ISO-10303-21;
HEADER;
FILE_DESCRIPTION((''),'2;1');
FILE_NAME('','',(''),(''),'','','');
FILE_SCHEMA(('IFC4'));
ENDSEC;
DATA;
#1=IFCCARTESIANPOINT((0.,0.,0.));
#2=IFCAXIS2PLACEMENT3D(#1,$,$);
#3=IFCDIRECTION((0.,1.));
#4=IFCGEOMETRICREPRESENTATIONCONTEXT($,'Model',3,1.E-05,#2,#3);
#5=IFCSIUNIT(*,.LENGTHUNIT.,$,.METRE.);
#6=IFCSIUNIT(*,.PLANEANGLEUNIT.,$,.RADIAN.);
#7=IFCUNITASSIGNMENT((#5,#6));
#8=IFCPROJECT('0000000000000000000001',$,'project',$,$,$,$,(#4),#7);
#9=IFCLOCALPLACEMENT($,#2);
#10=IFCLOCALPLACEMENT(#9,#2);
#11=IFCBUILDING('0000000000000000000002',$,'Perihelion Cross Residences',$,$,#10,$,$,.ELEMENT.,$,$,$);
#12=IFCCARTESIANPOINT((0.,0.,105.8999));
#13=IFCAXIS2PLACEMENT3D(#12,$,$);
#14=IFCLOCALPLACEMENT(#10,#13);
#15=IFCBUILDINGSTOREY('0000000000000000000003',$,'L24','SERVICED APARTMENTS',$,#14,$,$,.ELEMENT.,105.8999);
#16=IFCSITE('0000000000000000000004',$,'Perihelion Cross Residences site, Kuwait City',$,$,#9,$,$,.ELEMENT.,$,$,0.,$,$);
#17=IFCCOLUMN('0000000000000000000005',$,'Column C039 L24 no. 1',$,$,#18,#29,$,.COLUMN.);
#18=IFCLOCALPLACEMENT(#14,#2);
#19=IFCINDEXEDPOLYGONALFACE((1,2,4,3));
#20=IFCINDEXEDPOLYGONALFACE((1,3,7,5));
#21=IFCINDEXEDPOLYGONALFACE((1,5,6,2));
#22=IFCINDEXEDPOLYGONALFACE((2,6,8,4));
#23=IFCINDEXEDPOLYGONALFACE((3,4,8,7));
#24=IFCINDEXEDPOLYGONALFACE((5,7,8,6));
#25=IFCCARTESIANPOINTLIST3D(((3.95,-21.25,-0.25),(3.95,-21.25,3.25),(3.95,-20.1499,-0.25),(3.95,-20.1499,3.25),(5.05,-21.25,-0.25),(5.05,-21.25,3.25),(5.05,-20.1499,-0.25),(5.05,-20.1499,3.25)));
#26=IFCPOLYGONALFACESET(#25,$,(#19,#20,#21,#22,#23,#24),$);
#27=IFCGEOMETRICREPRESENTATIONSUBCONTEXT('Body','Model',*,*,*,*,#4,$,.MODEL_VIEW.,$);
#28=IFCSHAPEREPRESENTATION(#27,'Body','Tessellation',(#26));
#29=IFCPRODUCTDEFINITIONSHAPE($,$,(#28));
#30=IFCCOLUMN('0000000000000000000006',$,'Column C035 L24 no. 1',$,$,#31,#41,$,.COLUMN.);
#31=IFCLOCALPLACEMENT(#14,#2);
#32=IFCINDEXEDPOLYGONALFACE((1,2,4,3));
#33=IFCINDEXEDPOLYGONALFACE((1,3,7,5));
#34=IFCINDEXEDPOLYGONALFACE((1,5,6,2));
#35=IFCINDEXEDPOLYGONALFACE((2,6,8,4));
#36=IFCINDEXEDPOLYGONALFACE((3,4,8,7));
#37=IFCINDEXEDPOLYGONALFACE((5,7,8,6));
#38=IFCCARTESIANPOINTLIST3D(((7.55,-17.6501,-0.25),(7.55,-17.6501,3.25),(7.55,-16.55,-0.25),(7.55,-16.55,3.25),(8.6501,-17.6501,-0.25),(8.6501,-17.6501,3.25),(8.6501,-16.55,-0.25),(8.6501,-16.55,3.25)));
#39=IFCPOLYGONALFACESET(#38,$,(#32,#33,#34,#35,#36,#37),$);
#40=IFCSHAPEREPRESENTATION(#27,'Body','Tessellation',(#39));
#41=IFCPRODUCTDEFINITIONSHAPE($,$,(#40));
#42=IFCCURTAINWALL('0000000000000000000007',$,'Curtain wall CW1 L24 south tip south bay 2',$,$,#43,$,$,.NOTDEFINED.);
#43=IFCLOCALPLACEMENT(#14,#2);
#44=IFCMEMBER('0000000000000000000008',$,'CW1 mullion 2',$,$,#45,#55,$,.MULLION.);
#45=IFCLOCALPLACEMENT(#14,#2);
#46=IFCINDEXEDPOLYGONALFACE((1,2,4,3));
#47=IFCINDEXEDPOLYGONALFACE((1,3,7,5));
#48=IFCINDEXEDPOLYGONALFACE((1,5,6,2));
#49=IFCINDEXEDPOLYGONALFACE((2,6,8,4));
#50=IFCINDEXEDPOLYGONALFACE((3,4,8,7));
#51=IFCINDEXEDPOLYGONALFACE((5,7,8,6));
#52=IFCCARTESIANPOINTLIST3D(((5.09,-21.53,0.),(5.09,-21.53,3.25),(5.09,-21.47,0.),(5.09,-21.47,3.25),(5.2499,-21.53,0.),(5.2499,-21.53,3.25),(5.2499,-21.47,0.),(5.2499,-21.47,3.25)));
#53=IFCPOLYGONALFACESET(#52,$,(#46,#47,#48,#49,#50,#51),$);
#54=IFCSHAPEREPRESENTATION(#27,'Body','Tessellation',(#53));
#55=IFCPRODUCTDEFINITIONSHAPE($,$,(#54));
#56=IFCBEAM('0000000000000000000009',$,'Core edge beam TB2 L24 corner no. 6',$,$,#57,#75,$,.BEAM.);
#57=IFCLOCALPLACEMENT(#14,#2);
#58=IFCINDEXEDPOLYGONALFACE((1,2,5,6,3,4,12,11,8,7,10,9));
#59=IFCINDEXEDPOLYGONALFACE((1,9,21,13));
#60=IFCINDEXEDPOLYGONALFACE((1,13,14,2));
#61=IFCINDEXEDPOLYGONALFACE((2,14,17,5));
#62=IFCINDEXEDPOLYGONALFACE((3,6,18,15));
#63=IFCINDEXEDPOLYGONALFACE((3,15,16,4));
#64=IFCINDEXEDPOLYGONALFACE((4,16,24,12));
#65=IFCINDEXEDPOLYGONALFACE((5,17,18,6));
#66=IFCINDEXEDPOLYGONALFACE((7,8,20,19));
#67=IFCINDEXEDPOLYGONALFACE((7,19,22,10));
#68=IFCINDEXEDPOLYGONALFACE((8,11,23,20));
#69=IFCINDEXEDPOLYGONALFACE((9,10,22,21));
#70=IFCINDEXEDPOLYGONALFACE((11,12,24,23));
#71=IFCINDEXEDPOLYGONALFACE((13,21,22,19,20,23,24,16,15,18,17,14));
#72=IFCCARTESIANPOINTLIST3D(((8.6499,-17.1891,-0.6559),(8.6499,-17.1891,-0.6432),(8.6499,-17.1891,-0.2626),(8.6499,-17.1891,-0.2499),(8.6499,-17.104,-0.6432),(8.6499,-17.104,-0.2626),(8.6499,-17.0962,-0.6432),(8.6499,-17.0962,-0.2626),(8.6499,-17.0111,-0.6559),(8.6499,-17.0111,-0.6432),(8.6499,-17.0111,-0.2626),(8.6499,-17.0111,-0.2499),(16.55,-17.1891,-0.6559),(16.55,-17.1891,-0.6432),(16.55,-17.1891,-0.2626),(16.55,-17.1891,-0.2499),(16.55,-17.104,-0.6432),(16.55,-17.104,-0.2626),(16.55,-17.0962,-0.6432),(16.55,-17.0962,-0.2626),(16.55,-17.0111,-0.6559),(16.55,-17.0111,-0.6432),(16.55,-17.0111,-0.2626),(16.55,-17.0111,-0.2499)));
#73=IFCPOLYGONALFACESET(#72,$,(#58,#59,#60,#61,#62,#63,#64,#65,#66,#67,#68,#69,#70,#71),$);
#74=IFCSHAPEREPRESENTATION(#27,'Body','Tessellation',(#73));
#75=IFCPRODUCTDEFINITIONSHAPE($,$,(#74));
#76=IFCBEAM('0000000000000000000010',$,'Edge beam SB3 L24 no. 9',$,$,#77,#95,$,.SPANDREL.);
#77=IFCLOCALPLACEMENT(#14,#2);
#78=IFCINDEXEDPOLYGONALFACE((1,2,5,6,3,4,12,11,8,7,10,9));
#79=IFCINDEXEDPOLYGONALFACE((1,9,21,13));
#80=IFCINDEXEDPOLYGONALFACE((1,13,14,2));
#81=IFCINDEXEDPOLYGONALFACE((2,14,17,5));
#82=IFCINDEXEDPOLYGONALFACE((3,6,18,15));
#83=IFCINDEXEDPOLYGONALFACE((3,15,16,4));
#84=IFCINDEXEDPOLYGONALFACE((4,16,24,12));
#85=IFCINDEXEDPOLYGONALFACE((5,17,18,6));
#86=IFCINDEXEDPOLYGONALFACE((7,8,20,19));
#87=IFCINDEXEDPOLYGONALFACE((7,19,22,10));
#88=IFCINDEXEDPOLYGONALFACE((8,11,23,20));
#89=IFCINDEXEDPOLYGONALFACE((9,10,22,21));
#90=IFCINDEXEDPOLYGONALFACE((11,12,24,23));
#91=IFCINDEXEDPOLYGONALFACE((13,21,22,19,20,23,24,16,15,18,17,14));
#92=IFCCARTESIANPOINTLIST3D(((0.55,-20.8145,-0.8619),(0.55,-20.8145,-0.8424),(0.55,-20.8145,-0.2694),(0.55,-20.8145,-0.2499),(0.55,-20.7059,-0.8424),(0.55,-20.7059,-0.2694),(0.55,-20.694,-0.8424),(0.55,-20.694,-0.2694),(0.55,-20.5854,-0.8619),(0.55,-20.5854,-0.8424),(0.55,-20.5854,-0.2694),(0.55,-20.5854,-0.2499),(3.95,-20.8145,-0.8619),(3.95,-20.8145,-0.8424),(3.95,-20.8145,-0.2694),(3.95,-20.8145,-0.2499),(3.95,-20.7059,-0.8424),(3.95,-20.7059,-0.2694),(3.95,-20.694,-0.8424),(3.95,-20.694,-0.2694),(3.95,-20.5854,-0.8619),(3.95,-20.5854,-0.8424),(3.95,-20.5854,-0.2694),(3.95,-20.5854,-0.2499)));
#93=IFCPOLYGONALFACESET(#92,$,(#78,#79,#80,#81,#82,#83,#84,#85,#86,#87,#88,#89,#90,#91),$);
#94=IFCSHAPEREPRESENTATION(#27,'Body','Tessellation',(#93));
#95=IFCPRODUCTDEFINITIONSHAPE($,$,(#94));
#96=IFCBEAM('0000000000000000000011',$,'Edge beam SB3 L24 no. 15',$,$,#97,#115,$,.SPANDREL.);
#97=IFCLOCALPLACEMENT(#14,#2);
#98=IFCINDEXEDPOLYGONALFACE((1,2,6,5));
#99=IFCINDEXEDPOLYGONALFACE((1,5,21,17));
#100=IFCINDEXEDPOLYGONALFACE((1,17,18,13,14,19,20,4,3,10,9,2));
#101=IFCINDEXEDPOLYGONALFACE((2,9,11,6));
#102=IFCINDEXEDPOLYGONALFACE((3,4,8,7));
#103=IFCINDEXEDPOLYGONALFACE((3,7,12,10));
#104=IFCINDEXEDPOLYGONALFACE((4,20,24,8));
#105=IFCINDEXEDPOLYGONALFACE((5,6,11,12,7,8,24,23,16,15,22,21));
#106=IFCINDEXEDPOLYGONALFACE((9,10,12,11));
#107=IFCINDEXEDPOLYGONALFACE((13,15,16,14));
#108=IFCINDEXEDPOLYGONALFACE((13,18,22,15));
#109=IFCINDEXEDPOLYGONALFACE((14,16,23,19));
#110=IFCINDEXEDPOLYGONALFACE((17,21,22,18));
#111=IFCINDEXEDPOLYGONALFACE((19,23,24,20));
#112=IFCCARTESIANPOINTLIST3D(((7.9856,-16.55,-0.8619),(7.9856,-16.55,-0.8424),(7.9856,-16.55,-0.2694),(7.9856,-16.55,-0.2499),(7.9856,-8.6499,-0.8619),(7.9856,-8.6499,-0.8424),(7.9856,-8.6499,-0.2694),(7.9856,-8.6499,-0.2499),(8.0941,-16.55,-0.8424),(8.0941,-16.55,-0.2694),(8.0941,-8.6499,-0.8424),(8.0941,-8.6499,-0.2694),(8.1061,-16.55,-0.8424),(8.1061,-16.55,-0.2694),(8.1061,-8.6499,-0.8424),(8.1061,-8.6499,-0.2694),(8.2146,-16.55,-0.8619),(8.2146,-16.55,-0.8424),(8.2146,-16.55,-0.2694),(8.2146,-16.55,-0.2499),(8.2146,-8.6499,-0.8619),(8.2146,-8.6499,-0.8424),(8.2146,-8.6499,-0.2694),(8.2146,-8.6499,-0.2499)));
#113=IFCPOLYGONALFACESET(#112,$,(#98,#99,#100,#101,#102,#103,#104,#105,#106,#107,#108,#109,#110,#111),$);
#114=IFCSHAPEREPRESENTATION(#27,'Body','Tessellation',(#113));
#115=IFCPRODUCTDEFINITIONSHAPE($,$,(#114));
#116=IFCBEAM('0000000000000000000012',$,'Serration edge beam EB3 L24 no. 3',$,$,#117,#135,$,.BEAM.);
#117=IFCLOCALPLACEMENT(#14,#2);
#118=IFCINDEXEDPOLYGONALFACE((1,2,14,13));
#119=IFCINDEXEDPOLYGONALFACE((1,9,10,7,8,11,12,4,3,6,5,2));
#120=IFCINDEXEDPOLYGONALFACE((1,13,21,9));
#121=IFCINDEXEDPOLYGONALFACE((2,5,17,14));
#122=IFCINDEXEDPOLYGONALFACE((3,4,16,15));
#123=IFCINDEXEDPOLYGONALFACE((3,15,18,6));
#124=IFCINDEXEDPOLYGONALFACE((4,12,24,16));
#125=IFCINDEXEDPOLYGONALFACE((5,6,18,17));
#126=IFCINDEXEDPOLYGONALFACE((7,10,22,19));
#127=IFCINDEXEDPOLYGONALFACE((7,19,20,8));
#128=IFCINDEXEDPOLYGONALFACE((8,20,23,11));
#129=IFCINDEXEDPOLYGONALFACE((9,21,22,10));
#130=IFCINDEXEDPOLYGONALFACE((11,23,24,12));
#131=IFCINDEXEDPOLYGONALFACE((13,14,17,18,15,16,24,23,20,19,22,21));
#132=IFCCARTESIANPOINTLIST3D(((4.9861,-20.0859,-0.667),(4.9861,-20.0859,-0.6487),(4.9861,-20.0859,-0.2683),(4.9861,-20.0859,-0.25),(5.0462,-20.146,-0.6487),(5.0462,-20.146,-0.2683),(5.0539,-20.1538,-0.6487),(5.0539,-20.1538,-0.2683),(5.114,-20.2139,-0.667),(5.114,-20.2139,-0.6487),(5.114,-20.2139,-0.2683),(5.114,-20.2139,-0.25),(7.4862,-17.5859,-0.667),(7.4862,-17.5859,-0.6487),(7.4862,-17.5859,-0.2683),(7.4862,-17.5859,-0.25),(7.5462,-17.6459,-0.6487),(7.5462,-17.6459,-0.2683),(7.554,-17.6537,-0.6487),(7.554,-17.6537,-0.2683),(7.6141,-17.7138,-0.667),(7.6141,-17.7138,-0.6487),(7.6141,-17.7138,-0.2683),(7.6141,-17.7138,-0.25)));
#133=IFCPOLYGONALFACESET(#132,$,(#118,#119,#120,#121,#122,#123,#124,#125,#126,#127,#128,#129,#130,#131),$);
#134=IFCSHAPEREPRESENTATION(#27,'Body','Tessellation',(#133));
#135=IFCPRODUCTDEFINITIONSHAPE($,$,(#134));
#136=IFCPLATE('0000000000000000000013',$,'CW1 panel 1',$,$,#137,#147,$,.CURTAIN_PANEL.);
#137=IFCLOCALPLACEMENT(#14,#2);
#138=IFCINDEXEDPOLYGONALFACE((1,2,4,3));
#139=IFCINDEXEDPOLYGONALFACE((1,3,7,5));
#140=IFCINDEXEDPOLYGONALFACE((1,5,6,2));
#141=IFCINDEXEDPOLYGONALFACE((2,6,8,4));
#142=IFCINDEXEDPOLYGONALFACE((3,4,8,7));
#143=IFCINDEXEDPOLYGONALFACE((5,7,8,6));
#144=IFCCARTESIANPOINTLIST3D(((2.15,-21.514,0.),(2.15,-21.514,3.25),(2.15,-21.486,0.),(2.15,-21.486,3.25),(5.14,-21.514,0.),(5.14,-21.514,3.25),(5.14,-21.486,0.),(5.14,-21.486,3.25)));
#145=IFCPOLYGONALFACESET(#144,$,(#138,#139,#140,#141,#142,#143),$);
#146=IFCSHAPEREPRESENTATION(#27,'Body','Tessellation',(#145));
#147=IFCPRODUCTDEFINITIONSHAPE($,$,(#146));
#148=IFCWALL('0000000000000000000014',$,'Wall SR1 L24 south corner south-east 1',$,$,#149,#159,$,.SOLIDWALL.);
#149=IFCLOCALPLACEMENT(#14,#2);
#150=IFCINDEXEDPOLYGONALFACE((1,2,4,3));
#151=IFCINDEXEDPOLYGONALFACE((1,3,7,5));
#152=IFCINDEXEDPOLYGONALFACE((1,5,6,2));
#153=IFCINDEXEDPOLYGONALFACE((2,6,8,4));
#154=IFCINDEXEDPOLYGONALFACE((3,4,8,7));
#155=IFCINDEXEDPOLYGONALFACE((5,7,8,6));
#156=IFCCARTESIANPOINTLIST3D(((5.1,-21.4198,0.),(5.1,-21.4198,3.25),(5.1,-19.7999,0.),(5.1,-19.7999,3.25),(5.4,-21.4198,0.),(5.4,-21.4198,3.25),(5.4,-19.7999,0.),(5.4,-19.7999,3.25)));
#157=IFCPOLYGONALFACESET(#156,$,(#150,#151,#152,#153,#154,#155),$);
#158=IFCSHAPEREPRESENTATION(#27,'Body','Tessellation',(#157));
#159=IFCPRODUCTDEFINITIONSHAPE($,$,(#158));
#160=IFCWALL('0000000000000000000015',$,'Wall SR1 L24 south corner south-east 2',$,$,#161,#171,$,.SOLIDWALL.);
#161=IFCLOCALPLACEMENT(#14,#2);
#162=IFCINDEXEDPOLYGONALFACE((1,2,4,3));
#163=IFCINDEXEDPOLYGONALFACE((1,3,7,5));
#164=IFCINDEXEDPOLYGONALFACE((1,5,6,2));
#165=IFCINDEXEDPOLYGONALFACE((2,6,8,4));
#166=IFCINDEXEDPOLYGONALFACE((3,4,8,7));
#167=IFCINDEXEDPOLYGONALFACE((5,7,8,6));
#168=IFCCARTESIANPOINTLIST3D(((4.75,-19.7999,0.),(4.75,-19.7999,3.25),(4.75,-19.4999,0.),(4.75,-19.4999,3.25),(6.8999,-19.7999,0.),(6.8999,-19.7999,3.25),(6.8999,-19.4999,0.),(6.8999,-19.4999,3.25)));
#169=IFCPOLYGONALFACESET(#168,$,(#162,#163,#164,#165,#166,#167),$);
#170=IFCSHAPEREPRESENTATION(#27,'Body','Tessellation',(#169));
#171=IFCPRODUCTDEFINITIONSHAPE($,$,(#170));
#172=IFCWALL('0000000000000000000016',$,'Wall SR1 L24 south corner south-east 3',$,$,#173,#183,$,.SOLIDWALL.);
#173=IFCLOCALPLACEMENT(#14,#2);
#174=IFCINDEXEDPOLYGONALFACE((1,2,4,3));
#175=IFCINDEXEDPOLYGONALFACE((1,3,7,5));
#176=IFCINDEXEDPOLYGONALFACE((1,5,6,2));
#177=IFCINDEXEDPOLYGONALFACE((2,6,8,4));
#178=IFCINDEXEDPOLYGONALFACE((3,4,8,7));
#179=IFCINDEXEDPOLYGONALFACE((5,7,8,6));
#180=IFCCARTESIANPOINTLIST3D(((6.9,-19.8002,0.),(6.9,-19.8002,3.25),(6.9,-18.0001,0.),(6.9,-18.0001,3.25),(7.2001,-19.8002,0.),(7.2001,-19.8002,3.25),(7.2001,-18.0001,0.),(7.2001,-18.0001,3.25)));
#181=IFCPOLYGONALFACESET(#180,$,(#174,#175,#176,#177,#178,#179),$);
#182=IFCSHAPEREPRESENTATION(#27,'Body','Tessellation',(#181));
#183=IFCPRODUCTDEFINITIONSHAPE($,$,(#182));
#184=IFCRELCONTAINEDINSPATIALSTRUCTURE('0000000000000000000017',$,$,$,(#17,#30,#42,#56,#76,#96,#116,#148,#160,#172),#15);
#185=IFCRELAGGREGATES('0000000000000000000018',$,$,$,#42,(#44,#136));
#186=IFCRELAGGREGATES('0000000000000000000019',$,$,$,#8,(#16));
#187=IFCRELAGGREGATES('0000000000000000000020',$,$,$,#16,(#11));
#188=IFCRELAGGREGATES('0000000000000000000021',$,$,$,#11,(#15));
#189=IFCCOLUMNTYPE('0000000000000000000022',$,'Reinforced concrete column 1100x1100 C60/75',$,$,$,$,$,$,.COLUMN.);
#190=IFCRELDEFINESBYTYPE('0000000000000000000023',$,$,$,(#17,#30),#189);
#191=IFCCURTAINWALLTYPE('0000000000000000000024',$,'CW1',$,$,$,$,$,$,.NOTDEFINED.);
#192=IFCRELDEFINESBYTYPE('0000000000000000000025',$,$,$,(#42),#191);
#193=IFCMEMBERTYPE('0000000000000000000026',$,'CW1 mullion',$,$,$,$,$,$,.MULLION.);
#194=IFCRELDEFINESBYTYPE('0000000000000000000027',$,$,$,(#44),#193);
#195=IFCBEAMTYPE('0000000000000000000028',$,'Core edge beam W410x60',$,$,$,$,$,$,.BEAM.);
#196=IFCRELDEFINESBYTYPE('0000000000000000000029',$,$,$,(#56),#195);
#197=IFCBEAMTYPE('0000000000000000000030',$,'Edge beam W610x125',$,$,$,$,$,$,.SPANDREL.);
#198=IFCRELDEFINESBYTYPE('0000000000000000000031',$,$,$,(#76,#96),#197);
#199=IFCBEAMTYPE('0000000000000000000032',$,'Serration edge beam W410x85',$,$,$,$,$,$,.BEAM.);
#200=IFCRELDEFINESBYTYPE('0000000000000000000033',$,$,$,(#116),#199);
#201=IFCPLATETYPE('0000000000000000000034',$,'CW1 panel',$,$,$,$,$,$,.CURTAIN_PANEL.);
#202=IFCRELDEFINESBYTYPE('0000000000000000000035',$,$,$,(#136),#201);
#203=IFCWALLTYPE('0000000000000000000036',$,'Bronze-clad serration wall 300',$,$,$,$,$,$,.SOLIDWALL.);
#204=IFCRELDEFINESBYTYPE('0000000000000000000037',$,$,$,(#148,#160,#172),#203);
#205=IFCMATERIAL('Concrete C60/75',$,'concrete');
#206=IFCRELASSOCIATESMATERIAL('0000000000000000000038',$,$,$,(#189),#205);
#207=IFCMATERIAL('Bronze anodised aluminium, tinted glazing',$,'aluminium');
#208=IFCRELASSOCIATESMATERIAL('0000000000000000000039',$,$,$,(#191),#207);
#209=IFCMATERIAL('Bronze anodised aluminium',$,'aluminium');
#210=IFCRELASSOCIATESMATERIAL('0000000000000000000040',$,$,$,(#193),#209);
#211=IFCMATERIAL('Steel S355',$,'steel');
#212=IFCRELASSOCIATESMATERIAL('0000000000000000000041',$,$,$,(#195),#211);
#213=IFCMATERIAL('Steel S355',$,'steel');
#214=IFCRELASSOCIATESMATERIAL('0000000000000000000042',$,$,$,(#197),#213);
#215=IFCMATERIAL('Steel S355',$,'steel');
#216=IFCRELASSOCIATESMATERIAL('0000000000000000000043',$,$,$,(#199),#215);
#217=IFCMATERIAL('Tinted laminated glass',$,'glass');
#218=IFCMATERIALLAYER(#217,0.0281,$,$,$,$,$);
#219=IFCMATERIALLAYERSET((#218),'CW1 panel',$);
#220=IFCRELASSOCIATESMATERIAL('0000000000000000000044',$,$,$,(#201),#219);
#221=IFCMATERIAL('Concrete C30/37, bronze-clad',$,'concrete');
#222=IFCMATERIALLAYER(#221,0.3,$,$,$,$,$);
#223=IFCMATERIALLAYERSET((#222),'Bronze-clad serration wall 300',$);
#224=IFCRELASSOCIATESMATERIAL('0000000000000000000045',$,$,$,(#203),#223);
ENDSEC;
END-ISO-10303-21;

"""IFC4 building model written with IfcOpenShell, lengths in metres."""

from ifc_helpers import new_model, si_unit, direction, frame, frame_2d, origin, origin_2d, place, context, subcontext, project, spatial, rectangle, i_section, extrude, material, layer, layer_set, material_profile, profile_set, type_object, element, aggregate, save


model = new_model("IFC4")

# Units and contexts
model_context = context("Model", 3, precision=1e-05, world=origin(), true_north=direction((0.0, 1.0)))
body_context = subcontext(model_context, "Body", "Model", "MODEL_VIEW")
ifc_project = project(units=[si_unit("LENGTHUNIT", "METRE"), si_unit("PLANEANGLEUNIT", "RADIAN")], contexts=[model_context])

# Site, building, storey
site_placement = place(None, origin())
site = spatial("IfcSite", under=ifc_project, at=site_placement, Name="Perihelion Cross Residences site, Kuwait City", CompositionType="ELEMENT", RefElevation=0.0)
building_placement = place(site_placement, origin())
building = spatial("IfcBuilding", under=site, at=building_placement, Name="Perihelion Cross Residences", CompositionType="ELEMENT")
storey_placement = place(building_placement, frame((0.0, 0.0, 105.8999)))
storey = spatial("IfcBuildingStorey", under=building, at=storey_placement, Name="L24", Description="SERVICED APARTMENTS", CompositionType="ELEMENT", Elevation=105.8999)

# Columns
ifc_material_1 = material(Name="Concrete C60/75", Category="concrete")
ifc_material_profile_1 = material_profile(ifc_material_1, rectangle(XDim=1.1001, YDim=1.1001, at=origin_2d()), Name="RC 1100x1100")
ifc_profile_set_1 = profile_set([ifc_material_profile_1], Name="Concrete C60/75")
column_type = type_object("IfcColumnType", Name="Reinforced concrete column 1100x1100 C60/75", PredefinedType="COLUMN", material=ifc_profile_set_1)
for number, where, z_axis, x_axis, name in (
    (1, (4.5, -20.7, -0.25), (0.0, 0.0, 1.0), (1.0, 0.0, 0.0), "Column C039 L24 no. 1"),
    (2, (8.1001, -17.1001, -0.25), (0.0, 0.0, 1.0), (1.0, 0.0, 0.0), "Column C035 L24 no. 1"),
):
    element("IfcColumn", number, at=place(storey_placement, frame(where, z_axis=z_axis, x_axis=x_axis)), inside=storey, type_object=column_type, Name=name, PredefinedType="COLUMN", context=body_context, shape_type="SweptSolid", body=[
        extrude(rectangle(XDim=1.1001, YDim=1.1001, at=origin_2d()), origin(), (0.0, 0.0, 1.0), 3.5),
    ])

# Curtain wall, member
ifc_material_2 = material(Name="Bronze anodised aluminium, tinted glazing", Category="aluminium")
curtain_wall_type = type_object("IfcCurtainWallType", Name="CW1", PredefinedType="NOTDEFINED", material=ifc_material_2)
curtain_wall_placement = place(storey_placement, origin())
curtain_wall = element("IfcCurtainWall", 3, at=curtain_wall_placement, inside=storey, type_object=curtain_wall_type, Name="Curtain wall CW1 L24 south tip south bay 2", PredefinedType="NOTDEFINED")
ifc_material_3 = material(Name="Bronze anodised aluminium", Category="aluminium")
ifc_material_profile_2 = material_profile(ifc_material_3, rectangle(XDim=0.0601, YDim=0.1599, at=origin_2d()), Name="CW1 mullion")
ifc_profile_set_2 = profile_set([ifc_material_profile_2], Name="Bronze anodised aluminium")
member_type = type_object("IfcMemberType", Name="CW1 mullion", PredefinedType="MULLION", material=ifc_profile_set_2)
member_placement = place(storey_placement, frame((5.1699, -21.5, 0.0), z_axis=(0.0, 0.0, 1.0), x_axis=(0.0, 1.0, 0.0)))
member = element("IfcMember", 4, at=member_placement, type_object=member_type, Name="CW1 mullion 2", PredefinedType="MULLION", context=body_context, shape_type="SweptSolid", body=[
    extrude(rectangle(XDim=0.0601, YDim=0.1599, at=origin_2d()), origin(), (0.0, 0.0, 1.0), 3.25),
])

# Beams
ifc_material_4 = material(Name="Steel S355", Category="steel")
ifc_material_profile_3 = material_profile(ifc_material_4, i_section(OverallWidth=0.178, OverallDepth=0.406, WebThickness=0.0078, FlangeThickness=0.0127, at=origin_2d()), Name="W410x60")
ifc_profile_set_3 = profile_set([ifc_material_profile_3], Name="Steel S355")
beam_type_1 = type_object("IfcBeamType", Name="Core edge beam W410x60", PredefinedType="BEAM", material=ifc_profile_set_3)
beam_1_placement = place(storey_placement, frame((8.6499, -17.1001, -0.4529), z_axis=(1.0, 0.0, 0.0), x_axis=(0.0, 1.0, 0.0)))
element("IfcBeam", 5, at=beam_1_placement, inside=storey, type_object=beam_type_1, Name="Core edge beam TB2 L24 corner no. 6", PredefinedType="BEAM", context=body_context, shape_type="SweptSolid", body=[
    extrude(i_section(OverallWidth=0.178, OverallDepth=0.406, WebThickness=0.0078, FlangeThickness=0.0127, at=origin_2d()), origin(), (0.0, 0.0, 1.0), 7.9001),
])
ifc_material_5 = material(Name="Steel S355", Category="steel")
ifc_material_profile_4 = material_profile(ifc_material_5, i_section(OverallWidth=0.229, OverallDepth=0.6121, WebThickness=0.012, FlangeThickness=0.0195, at=origin_2d()), Name="W610x125")
ifc_profile_set_4 = profile_set([ifc_material_profile_4], Name="Steel S355")
beam_type_2 = type_object("IfcBeamType", Name="Edge beam W610x125", PredefinedType="SPANDREL", material=ifc_profile_set_4)
beam_2_placement = place(storey_placement, frame((0.55, -20.7, -0.5559), z_axis=(1.0, 0.0, 0.0), x_axis=(0.0, 1.0, 0.0)))
element("IfcBeam", 6, at=beam_2_placement, inside=storey, type_object=beam_type_2, Name="Edge beam SB3 L24 no. 9", PredefinedType="SPANDREL", context=body_context, shape_type="SweptSolid", body=[
    extrude(i_section(OverallWidth=0.229, OverallDepth=0.6121, WebThickness=0.012, FlangeThickness=0.0195, at=origin_2d()), origin(), (0.0, 0.0, 1.0), 3.3999),
])
beam_3_placement = place(storey_placement, frame((8.1001, -16.55, -0.5559), z_axis=(0.0, 1.0, 0.0), x_axis=(-1.0, 0.0, 0.0)))
element("IfcBeam", 7, at=beam_3_placement, inside=storey, type_object=beam_type_2, Name="Edge beam SB3 L24 no. 15", PredefinedType="SPANDREL", context=body_context, shape_type="SweptSolid", body=[
    extrude(i_section(OverallWidth=0.229, OverallDepth=0.6121, WebThickness=0.012, FlangeThickness=0.0195, at=origin_2d()), origin(), (0.0, 0.0, 1.0), 7.9001),
])
ifc_material_6 = material(Name="Steel S355", Category="steel")
ifc_material_profile_5 = material_profile(ifc_material_6, i_section(OverallWidth=0.1809, OverallDepth=0.417, WebThickness=0.011, FlangeThickness=0.0183, at=origin_2d()), Name="W410x85")
ifc_profile_set_5 = profile_set([ifc_material_profile_5], Name="Steel S355")
beam_type_3 = type_object("IfcBeamType", Name="Serration edge beam W410x85", PredefinedType="BEAM", material=ifc_profile_set_5)
beam_4_placement = place(storey_placement, frame((5.05, -20.1499, -0.4585), z_axis=(0.707107, 0.707107, 0.0), x_axis=(-0.707107, 0.707107, 0.0)))
element("IfcBeam", 8, at=beam_4_placement, inside=storey, type_object=beam_type_3, Name="Serration edge beam EB3 L24 no. 3", PredefinedType="BEAM", context=body_context, shape_type="SweptSolid", body=[
    extrude(i_section(OverallWidth=0.1809, OverallDepth=0.417, WebThickness=0.011, FlangeThickness=0.0183, at=origin_2d()), origin(), (0.0, 0.0, 1.0), 3.5356),
])

# Plate
ifc_material_7 = material(Name="Tinted laminated glass", Category="glass")
ifc_layer_1 = layer(ifc_material_7, 0.0281)
ifc_layer_set_1 = layer_set([ifc_layer_1], Name="CW1 panel")
plate_type = type_object("IfcPlateType", Name="CW1 panel", PredefinedType="CURTAIN_PANEL", material=ifc_layer_set_1)
plate_placement = place(storey_placement, frame((3.645, -21.5, 0.0), z_axis=(0.0, 0.0, 1.0), x_axis=(1.0, 0.0, 0.0)))
plate = element("IfcPlate", 9, at=plate_placement, type_object=plate_type, Name="CW1 panel 1", PredefinedType="CURTAIN_PANEL", context=body_context, shape_type="SweptSolid", body=[
    extrude(rectangle(XDim=2.99, YDim=0.0281, at=origin_2d()), origin(), (0.0, 0.0, 1.0), 3.25),
])
aggregate(curtain_wall, [member, plate])

# Walls
ifc_material_8 = material(Name="Concrete C30/37, bronze-clad", Category="concrete")
ifc_layer_2 = layer(ifc_material_8, 0.3)
ifc_layer_set_2 = layer_set([ifc_layer_2], Name="Bronze-clad serration wall 300")
wall_type_1 = type_object("IfcWallType", Name="Bronze-clad serration wall 300", PredefinedType="SOLIDWALL", material=ifc_layer_set_2)
wall_1_placement = place(storey_placement, frame((5.25, -21.4199, 0.0), z_axis=(0.0, 0.0, 1.0), x_axis=(0.0, 1.0, 0.0)))
element("IfcWall", 10, at=wall_1_placement, inside=storey, type_object=wall_type_1, Name="Wall SR1 L24 south corner south-east 1", PredefinedType="SOLIDWALL", context=body_context, shape_type="SweptSolid", body=[
    extrude(rectangle(XDim=1.6199, YDim=0.3, at=frame_2d((0.8101, 0.0))), origin(), (0.0, 0.0, 1.0), 3.25),
])
wall_2_placement = place(storey_placement, frame((4.75, -19.6499, 0.0), z_axis=(0.0, 0.0, 1.0), x_axis=(1.0, 0.0, 0.0)))
element("IfcWall", 11, at=wall_2_placement, inside=storey, type_object=wall_type_1, Name="Wall SR1 L24 south corner south-east 2", PredefinedType="SOLIDWALL", context=body_context, shape_type="SweptSolid", body=[
    extrude(rectangle(XDim=2.1499, YDim=0.3, at=frame_2d((1.075, 0.0))), origin(), (0.0, 0.0, 1.0), 3.25),
])
wall_3_placement = place(storey_placement, frame((7.05, -19.8, 0.0), z_axis=(0.0, 0.0, 1.0), x_axis=(0.0, 1.0, 0.0)))
element("IfcWall", 12, at=wall_3_placement, inside=storey, type_object=wall_type_1, Name="Wall SR1 L24 south corner south-east 3", PredefinedType="SOLIDWALL", context=body_context, shape_type="SweptSolid", body=[
    extrude(rectangle(XDim=1.8, YDim=0.3, at=frame_2d((0.8999, 0.0))), origin(), (0.0, 0.0, 1.0), 3.25),
])

save(model, "model.ifc")
